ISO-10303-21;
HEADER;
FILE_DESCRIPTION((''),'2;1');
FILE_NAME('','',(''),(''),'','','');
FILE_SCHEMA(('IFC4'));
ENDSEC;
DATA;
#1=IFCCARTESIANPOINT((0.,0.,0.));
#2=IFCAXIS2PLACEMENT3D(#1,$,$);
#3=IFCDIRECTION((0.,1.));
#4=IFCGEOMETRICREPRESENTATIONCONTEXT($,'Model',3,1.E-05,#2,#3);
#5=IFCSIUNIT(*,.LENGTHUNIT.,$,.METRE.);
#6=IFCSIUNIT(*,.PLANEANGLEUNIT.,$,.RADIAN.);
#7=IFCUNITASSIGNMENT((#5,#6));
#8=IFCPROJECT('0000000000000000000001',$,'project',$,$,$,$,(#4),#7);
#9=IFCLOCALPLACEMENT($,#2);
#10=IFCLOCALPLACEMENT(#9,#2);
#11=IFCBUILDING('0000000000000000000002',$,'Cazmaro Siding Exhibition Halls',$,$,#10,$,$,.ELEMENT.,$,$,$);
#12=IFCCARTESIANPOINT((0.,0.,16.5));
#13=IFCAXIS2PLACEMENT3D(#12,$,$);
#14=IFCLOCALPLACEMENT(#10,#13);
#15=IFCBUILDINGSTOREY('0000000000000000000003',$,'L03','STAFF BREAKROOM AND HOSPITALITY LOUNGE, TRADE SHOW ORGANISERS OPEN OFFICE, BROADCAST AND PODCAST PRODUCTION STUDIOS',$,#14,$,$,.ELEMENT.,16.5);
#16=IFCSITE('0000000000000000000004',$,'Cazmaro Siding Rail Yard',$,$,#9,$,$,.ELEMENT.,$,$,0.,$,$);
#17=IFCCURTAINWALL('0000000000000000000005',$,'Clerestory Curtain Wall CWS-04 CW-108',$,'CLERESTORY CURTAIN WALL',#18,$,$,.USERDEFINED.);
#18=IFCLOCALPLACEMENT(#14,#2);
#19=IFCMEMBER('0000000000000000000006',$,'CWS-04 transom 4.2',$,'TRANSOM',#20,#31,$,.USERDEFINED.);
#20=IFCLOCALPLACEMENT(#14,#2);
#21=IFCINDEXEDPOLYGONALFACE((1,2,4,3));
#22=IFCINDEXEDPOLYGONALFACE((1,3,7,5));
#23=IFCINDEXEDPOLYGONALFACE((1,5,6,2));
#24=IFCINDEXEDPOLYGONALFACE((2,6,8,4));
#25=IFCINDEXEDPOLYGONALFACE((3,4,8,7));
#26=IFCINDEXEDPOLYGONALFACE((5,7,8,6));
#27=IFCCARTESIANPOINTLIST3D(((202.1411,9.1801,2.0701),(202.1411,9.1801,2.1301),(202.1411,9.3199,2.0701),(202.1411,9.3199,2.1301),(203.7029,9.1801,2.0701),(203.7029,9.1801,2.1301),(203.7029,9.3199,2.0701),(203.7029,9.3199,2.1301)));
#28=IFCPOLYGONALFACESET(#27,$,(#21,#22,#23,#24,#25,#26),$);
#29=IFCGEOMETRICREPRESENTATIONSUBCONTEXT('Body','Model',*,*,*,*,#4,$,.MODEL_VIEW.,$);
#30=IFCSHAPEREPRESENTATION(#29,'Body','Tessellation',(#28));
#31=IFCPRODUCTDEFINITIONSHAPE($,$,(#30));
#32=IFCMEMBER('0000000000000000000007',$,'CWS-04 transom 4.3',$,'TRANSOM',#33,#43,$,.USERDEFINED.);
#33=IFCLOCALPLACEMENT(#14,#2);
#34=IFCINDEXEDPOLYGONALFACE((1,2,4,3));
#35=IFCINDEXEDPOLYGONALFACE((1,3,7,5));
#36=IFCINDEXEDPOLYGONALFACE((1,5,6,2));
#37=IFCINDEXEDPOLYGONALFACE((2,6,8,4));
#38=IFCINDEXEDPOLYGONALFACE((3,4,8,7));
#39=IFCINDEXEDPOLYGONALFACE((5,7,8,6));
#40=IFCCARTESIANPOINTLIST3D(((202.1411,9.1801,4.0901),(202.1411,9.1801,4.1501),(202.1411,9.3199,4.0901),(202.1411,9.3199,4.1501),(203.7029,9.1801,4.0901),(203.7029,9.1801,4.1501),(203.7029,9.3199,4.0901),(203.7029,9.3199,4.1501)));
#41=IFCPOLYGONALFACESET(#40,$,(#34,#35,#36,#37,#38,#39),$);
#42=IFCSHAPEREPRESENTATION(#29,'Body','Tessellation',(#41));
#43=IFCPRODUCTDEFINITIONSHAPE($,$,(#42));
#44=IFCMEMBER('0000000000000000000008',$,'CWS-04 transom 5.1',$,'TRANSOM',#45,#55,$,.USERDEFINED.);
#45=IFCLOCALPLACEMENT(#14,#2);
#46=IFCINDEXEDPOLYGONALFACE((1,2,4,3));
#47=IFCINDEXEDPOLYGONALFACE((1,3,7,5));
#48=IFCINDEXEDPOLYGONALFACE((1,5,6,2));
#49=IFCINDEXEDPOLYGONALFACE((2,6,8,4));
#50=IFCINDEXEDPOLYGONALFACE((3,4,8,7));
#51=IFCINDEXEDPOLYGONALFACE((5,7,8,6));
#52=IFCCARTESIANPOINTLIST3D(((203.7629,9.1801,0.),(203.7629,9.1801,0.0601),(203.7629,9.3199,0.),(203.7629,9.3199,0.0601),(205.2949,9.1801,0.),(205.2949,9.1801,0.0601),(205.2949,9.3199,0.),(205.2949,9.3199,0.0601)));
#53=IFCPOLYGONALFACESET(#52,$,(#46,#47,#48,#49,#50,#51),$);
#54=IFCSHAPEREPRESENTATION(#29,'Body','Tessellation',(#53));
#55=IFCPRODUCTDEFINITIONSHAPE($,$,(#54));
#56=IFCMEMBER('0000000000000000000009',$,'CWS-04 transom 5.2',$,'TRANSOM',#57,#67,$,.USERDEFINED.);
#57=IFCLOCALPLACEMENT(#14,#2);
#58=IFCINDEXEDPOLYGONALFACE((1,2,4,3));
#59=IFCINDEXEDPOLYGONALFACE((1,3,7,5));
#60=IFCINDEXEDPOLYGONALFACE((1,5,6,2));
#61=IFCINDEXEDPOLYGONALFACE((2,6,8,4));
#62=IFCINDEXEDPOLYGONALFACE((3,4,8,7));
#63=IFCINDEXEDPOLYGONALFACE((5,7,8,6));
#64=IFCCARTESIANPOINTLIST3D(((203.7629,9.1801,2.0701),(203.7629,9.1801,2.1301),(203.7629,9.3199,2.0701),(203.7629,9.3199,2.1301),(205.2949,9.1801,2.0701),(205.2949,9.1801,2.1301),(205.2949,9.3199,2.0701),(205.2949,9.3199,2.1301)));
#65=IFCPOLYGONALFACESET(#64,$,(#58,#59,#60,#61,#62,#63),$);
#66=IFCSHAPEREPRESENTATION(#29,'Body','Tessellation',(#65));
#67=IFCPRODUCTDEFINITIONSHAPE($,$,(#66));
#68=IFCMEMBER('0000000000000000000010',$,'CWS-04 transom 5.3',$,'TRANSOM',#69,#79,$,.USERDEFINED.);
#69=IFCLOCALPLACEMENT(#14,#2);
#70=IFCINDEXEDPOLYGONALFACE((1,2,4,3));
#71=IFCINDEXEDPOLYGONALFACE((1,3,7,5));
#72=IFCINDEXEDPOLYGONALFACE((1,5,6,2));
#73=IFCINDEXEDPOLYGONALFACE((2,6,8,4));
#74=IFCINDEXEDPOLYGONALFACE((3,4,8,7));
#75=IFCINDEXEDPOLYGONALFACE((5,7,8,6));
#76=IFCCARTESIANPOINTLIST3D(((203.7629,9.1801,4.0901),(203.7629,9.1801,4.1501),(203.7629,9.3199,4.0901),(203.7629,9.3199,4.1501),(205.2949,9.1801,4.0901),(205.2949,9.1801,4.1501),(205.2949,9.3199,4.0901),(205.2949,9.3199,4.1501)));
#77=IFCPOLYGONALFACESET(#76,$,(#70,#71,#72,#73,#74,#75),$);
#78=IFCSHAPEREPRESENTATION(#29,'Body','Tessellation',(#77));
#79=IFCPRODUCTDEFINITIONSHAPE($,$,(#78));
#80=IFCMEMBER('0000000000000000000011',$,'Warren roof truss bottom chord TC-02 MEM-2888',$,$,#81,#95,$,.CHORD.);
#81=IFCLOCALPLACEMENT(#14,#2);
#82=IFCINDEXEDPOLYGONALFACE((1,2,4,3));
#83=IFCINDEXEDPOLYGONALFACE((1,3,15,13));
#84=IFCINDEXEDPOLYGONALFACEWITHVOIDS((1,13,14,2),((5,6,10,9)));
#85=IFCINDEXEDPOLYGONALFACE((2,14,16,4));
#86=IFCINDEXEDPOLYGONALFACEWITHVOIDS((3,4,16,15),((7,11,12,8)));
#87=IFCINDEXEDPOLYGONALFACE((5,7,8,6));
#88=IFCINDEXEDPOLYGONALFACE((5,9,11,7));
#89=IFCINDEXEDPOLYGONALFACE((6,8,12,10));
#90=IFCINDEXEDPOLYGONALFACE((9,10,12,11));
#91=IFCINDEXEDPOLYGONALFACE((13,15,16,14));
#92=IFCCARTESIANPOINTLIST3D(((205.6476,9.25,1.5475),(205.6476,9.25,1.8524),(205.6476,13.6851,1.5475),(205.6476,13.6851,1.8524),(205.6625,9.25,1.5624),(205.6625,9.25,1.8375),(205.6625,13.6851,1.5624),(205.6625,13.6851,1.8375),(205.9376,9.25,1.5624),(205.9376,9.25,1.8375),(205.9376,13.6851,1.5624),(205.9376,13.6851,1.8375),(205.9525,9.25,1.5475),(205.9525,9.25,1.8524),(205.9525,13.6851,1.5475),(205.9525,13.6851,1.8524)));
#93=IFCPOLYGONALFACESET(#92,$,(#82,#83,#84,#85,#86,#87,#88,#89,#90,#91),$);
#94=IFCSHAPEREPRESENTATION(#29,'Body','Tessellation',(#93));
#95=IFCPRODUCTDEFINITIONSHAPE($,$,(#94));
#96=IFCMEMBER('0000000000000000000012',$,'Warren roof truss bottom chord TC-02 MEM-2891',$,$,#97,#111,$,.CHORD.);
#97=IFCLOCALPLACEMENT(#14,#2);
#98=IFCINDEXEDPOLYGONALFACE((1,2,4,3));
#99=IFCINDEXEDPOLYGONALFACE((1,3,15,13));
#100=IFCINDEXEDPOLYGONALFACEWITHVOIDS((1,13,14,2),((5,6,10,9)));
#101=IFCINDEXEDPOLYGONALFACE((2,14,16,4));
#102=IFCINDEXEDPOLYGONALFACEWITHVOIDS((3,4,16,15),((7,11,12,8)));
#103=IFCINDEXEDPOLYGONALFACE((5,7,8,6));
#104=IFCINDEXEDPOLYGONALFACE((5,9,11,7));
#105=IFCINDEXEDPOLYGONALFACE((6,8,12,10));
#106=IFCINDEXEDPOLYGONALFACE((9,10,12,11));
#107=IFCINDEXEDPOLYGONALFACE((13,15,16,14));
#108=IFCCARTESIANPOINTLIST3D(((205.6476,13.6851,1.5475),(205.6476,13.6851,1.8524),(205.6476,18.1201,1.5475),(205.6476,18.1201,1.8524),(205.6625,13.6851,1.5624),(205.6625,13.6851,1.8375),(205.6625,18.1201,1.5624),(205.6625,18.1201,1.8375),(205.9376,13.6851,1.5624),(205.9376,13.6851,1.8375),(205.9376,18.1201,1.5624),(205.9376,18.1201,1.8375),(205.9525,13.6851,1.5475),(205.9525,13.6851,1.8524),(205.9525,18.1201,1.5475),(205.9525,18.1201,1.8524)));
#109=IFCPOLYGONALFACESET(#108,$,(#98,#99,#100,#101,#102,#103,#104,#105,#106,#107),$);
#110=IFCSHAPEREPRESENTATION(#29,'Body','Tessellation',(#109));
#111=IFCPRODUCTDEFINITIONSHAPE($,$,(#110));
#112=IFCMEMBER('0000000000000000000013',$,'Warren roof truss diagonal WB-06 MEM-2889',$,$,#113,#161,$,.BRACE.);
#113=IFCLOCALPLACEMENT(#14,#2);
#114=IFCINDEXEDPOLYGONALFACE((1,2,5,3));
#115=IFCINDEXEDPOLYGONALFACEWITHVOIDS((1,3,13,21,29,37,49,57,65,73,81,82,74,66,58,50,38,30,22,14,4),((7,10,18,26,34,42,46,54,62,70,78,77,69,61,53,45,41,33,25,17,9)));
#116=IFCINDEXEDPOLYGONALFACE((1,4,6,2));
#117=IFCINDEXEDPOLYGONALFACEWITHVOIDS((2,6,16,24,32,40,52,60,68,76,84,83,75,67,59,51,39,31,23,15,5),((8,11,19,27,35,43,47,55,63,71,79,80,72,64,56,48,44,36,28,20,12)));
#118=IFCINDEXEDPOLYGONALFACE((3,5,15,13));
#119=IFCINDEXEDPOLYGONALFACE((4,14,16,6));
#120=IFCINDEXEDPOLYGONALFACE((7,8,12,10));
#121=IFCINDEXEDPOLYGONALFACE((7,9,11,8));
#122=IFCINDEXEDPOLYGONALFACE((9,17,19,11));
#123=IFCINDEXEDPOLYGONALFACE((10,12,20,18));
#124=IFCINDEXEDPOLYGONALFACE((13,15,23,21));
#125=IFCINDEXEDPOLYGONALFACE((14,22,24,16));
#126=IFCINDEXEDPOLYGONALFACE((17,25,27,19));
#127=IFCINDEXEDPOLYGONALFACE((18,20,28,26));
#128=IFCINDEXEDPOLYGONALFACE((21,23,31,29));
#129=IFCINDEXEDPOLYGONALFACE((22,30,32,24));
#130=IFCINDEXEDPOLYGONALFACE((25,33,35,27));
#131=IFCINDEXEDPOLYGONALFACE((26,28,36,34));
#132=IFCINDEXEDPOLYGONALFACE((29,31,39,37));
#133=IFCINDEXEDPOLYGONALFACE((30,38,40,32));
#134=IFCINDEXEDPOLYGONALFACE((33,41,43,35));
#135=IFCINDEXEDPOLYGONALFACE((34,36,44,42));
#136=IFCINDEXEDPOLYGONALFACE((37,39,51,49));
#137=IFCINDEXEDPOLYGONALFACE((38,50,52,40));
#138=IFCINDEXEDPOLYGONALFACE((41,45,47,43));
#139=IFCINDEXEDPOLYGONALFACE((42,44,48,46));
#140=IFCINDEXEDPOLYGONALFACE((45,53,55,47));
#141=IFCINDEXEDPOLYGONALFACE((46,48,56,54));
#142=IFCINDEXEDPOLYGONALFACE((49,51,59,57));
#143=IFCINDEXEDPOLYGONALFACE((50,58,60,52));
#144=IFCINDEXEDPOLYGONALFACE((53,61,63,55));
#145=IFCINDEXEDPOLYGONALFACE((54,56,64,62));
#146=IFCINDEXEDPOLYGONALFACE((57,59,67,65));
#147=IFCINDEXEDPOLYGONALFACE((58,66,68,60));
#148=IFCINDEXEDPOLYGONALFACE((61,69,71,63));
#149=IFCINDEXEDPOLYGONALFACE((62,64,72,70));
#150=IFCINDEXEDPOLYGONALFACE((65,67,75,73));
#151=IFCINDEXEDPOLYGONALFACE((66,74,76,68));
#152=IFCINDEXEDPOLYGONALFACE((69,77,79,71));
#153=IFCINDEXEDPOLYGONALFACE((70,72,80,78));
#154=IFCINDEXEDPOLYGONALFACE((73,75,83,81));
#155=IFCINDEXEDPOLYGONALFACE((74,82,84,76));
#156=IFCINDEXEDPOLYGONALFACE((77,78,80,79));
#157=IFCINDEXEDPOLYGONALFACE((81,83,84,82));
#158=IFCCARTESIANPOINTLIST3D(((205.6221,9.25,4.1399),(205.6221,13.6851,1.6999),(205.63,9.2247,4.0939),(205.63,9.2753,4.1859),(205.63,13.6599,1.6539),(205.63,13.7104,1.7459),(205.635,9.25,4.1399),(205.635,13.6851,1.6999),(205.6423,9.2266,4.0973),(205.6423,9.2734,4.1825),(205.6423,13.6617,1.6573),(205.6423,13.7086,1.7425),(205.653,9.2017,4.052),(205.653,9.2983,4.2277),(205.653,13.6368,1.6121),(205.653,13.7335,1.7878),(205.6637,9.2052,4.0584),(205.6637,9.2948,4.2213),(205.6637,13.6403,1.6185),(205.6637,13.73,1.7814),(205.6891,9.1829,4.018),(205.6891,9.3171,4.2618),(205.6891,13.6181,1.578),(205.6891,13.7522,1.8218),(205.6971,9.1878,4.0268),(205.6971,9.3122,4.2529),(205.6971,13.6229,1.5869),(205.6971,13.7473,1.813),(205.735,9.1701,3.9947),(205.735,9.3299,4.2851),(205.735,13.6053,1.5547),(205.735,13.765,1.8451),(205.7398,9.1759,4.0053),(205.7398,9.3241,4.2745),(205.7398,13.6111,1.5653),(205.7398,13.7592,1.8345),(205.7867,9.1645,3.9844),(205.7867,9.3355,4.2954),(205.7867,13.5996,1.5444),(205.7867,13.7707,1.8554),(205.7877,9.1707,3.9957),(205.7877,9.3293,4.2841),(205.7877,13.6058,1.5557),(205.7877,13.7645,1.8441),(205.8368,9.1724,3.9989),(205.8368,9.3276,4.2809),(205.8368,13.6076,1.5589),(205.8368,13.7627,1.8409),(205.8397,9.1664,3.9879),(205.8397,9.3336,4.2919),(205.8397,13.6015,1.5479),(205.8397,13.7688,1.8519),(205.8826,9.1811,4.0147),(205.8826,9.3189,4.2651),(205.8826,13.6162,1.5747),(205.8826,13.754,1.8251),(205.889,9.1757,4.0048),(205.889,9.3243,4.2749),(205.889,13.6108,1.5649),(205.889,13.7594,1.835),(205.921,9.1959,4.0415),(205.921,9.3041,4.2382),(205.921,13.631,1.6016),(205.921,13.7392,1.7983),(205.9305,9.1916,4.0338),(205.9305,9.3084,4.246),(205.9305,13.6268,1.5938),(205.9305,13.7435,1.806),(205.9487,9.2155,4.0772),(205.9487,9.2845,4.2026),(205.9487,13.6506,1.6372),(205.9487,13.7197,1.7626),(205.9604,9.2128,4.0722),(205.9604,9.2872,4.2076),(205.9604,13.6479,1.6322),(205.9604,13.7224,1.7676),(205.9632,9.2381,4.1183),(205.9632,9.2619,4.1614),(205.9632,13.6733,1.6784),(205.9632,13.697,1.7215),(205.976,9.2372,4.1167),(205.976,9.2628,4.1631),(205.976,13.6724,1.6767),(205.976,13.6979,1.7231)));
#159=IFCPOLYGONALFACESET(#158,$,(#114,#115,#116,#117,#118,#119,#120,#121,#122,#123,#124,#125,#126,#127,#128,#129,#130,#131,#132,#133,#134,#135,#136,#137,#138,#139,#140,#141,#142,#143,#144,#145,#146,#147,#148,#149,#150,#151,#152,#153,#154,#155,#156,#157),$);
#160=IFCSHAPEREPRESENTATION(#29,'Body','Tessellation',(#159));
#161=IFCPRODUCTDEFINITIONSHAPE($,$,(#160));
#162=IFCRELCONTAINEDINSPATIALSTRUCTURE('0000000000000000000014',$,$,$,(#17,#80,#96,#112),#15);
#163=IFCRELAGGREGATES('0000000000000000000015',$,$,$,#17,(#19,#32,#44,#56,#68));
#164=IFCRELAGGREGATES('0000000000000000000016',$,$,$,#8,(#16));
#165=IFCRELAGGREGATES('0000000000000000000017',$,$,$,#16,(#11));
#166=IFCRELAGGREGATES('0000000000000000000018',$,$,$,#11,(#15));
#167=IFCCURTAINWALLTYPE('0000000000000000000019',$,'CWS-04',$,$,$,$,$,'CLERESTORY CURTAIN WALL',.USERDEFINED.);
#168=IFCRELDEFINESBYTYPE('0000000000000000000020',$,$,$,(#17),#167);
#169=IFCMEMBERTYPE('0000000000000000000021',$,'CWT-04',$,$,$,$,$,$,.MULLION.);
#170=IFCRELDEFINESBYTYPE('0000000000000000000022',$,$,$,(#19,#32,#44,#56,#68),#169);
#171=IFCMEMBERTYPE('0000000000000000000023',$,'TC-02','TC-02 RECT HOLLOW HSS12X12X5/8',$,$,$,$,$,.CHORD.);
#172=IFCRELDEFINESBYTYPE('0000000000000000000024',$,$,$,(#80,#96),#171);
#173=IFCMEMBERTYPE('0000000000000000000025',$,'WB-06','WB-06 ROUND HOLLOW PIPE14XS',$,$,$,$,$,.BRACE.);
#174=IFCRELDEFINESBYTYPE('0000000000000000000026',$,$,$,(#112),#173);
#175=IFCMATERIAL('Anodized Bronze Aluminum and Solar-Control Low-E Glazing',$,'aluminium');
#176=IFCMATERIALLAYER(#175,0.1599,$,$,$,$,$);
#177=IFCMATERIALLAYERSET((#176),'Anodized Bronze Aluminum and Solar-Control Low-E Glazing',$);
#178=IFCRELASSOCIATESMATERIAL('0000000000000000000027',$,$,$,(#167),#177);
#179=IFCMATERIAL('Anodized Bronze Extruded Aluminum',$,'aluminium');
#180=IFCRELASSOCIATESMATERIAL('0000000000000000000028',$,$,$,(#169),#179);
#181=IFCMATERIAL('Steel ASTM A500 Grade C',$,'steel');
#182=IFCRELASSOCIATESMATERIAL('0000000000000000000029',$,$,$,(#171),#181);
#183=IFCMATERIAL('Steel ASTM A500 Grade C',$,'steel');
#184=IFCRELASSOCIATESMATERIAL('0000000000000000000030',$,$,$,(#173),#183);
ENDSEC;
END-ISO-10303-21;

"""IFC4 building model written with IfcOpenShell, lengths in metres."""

from ifc_helpers import new_model, si_unit, direction, frame, origin, origin_2d, place, context, subcontext, project, spatial, rectangle, hollow_rectangle, hollow_circle, extrude, material, layer, layer_set, material_profile, profile_set, type_object, element, aggregate, save


model = new_model("IFC4")

# Units and contexts
model_context = context("Model", 3, precision=1e-05, world=origin(), true_north=direction((0.0, 1.0)))
body_context = subcontext(model_context, "Body", "Model", "MODEL_VIEW")
ifc_project = project(units=[si_unit("LENGTHUNIT", "METRE"), si_unit("PLANEANGLEUNIT", "RADIAN")], contexts=[model_context])

# Site, building, storey
site_placement = place(None, origin())
site = spatial("IfcSite", under=ifc_project, at=site_placement, Name="Cazmaro Siding Rail Yard", CompositionType="ELEMENT", RefElevation=0.0)
building_placement = place(site_placement, origin())
building = spatial("IfcBuilding", under=site, at=building_placement, Name="Cazmaro Siding Exhibition Halls", CompositionType="ELEMENT")
storey_placement = place(building_placement, frame((0.0, 0.0, 16.5)))
storey = spatial("IfcBuildingStorey", under=building, at=storey_placement, Name="L03", Description="STAFF BREAKROOM AND HOSPITALITY LOUNGE, TRADE SHOW ORGANISERS OPEN OFFICE, BROADCAST AND PODCAST PRODUCTION STUDIOS", CompositionType="ELEMENT", Elevation=16.5)

# Curtain wall, members
ifc_material_1 = material(Name="Anodized Bronze Aluminum and Solar-Control Low-E Glazing", Category="aluminium")
ifc_layer_1 = layer(ifc_material_1, 0.1599)
ifc_layer_set_1 = layer_set([ifc_layer_1], Name="Anodized Bronze Aluminum and Solar-Control Low-E Glazing")
curtain_wall_type = type_object("IfcCurtainWallType", Name="CWS-04", ElementType="CLERESTORY CURTAIN WALL", PredefinedType="USERDEFINED", material=ifc_layer_set_1)
curtain_wall_placement = place(storey_placement, origin())
curtain_wall = element("IfcCurtainWall", 1, at=curtain_wall_placement, inside=storey, type_object=curtain_wall_type, Name="Clerestory Curtain Wall CWS-04 CW-108", ObjectType="CLERESTORY CURTAIN WALL", PredefinedType="USERDEFINED")
ifc_material_2 = material(Name="Anodized Bronze Extruded Aluminum", Category="aluminium")
ifc_material_profile_1 = material_profile(ifc_material_2, rectangle(XDim=0.1399, YDim=0.0601, at=origin_2d()), Name="CWT-04")
ifc_profile_set_1 = profile_set([ifc_material_profile_1], Name="Anodized Bronze Extruded Aluminum")
member_type_1 = type_object("IfcMemberType", Name="CWT-04", PredefinedType="MULLION", material=ifc_profile_set_1)
member_1_placement = place(storey_placement, frame((202.1411, 9.25, 2.1001), z_axis=(1.0, 0.0, 0.0), x_axis=(0.0, 1.0, 0.0)))
member_1 = element("IfcMember", 2, at=member_1_placement, type_object=member_type_1, Name="CWS-04 transom 4.2", ObjectType="TRANSOM", PredefinedType="USERDEFINED", context=body_context, shape_type="SweptSolid", body=[
    extrude(rectangle(XDim=0.1399, YDim=0.0601, at=origin_2d()), origin(), (0.0, 0.0, 1.0), 1.5618),
])
member_2_placement = place(storey_placement, frame((202.1411, 9.25, 4.1201), z_axis=(1.0, 0.0, 0.0), x_axis=(0.0, 1.0, 0.0)))
member_2 = element("IfcMember", 3, at=member_2_placement, type_object=member_type_1, Name="CWS-04 transom 4.3", ObjectType="TRANSOM", PredefinedType="USERDEFINED", context=body_context, shape_type="SweptSolid", body=[
    extrude(rectangle(XDim=0.1399, YDim=0.0601, at=origin_2d()), origin(), (0.0, 0.0, 1.0), 1.5618),
])
member_3_placement = place(storey_placement, frame((203.7629, 9.25, 0.03), z_axis=(1.0, 0.0, 0.0), x_axis=(0.0, 1.0, 0.0)))
member_3 = element("IfcMember", 4, at=member_3_placement, type_object=member_type_1, Name="CWS-04 transom 5.1", ObjectType="TRANSOM", PredefinedType="USERDEFINED", context=body_context, shape_type="SweptSolid", body=[
    extrude(rectangle(XDim=0.1399, YDim=0.0601, at=origin_2d()), origin(), (0.0, 0.0, 1.0), 1.532),
])
member_4_placement = place(storey_placement, frame((203.7629, 9.25, 2.1001), z_axis=(1.0, 0.0, 0.0), x_axis=(0.0, 1.0, 0.0)))
member_4 = element("IfcMember", 5, at=member_4_placement, type_object=member_type_1, Name="CWS-04 transom 5.2", ObjectType="TRANSOM", PredefinedType="USERDEFINED", context=body_context, shape_type="SweptSolid", body=[
    extrude(rectangle(XDim=0.1399, YDim=0.0601, at=origin_2d()), origin(), (0.0, 0.0, 1.0), 1.532),
])
member_5_placement = place(storey_placement, frame((203.7629, 9.25, 4.1201), z_axis=(1.0, 0.0, 0.0), x_axis=(0.0, 1.0, 0.0)))
member_5 = element("IfcMember", 6, at=member_5_placement, type_object=member_type_1, Name="CWS-04 transom 5.3", ObjectType="TRANSOM", PredefinedType="USERDEFINED", context=body_context, shape_type="SweptSolid", body=[
    extrude(rectangle(XDim=0.1399, YDim=0.0601, at=origin_2d()), origin(), (0.0, 0.0, 1.0), 1.532),
])

# Members
ifc_material_3 = material(Name="Steel ASTM A500 Grade C", Category="steel")
ifc_material_profile_2 = material_profile(ifc_material_3, hollow_rectangle(XDim=0.3049, YDim=0.3049, WallThickness=0.0149, at=origin_2d()), Name="HSS12X12X5/8")
ifc_profile_set_2 = profile_set([ifc_material_profile_2], Name="Steel ASTM A500 Grade C")
member_type_2 = type_object("IfcMemberType", Name="TC-02", Description="TC-02 RECT HOLLOW HSS12X12X5/8", PredefinedType="CHORD", material=ifc_profile_set_2)
for number, where, z_axis, x_axis, name in (
    (7, (205.8, 9.25, 1.7), (0.0, 1.0, 0.0), (-1.0, 0.0, 0.0), "Warren roof truss bottom chord TC-02 MEM-2888"),
    (8, (205.8, 13.6851, 1.7), (0.0, 1.0, 0.0), (-1.0, 0.0, 0.0), "Warren roof truss bottom chord TC-02 MEM-2891"),
):
    element("IfcMember", number, at=place(storey_placement, frame(where, z_axis=z_axis, x_axis=x_axis)), inside=storey, type_object=member_type_2, Name=name, PredefinedType="CHORD", context=body_context, shape_type="SweptSolid", body=[
        extrude(hollow_rectangle(XDim=0.3049, YDim=0.3049, WallThickness=0.0149, at=origin_2d()), origin(), (0.0, 0.0, 1.0), 4.4351),
    ])
ifc_material_4 = material(Name="Steel ASTM A500 Grade C", Category="steel")
ifc_material_profile_3 = material_profile(ifc_material_4, hollow_circle(Radius=0.178, WallThickness=0.0129, at=origin_2d()), Name="PIPE14XS")
ifc_profile_set_3 = profile_set([ifc_material_profile_3], Name="Steel ASTM A500 Grade C")
member_type_3 = type_object("IfcMemberType", Name="WB-06", Description="WB-06 ROUND HOLLOW PIPE14XS", PredefinedType="BRACE", material=ifc_profile_set_3)
member_6_placement = place(storey_placement, frame((205.8, 9.25, 4.1399), z_axis=(0.0, 0.876161, -0.482019), x_axis=(-1.0, 0.0, 0.0)))
element("IfcMember", 9, at=member_6_placement, inside=storey, type_object=member_type_3, Name="Warren roof truss diagonal WB-06 MEM-2889", PredefinedType="BRACE", context=body_context, shape_type="SweptSolid", body=[
    extrude(hollow_circle(Radius=0.178, WallThickness=0.0129, at=origin_2d()), origin(), (0.0, 0.0, 1.0), 5.062),
])

aggregate(curtain_wall, [member_1, member_2, member_3, member_4, member_5])

save(model, "model.ifc")
